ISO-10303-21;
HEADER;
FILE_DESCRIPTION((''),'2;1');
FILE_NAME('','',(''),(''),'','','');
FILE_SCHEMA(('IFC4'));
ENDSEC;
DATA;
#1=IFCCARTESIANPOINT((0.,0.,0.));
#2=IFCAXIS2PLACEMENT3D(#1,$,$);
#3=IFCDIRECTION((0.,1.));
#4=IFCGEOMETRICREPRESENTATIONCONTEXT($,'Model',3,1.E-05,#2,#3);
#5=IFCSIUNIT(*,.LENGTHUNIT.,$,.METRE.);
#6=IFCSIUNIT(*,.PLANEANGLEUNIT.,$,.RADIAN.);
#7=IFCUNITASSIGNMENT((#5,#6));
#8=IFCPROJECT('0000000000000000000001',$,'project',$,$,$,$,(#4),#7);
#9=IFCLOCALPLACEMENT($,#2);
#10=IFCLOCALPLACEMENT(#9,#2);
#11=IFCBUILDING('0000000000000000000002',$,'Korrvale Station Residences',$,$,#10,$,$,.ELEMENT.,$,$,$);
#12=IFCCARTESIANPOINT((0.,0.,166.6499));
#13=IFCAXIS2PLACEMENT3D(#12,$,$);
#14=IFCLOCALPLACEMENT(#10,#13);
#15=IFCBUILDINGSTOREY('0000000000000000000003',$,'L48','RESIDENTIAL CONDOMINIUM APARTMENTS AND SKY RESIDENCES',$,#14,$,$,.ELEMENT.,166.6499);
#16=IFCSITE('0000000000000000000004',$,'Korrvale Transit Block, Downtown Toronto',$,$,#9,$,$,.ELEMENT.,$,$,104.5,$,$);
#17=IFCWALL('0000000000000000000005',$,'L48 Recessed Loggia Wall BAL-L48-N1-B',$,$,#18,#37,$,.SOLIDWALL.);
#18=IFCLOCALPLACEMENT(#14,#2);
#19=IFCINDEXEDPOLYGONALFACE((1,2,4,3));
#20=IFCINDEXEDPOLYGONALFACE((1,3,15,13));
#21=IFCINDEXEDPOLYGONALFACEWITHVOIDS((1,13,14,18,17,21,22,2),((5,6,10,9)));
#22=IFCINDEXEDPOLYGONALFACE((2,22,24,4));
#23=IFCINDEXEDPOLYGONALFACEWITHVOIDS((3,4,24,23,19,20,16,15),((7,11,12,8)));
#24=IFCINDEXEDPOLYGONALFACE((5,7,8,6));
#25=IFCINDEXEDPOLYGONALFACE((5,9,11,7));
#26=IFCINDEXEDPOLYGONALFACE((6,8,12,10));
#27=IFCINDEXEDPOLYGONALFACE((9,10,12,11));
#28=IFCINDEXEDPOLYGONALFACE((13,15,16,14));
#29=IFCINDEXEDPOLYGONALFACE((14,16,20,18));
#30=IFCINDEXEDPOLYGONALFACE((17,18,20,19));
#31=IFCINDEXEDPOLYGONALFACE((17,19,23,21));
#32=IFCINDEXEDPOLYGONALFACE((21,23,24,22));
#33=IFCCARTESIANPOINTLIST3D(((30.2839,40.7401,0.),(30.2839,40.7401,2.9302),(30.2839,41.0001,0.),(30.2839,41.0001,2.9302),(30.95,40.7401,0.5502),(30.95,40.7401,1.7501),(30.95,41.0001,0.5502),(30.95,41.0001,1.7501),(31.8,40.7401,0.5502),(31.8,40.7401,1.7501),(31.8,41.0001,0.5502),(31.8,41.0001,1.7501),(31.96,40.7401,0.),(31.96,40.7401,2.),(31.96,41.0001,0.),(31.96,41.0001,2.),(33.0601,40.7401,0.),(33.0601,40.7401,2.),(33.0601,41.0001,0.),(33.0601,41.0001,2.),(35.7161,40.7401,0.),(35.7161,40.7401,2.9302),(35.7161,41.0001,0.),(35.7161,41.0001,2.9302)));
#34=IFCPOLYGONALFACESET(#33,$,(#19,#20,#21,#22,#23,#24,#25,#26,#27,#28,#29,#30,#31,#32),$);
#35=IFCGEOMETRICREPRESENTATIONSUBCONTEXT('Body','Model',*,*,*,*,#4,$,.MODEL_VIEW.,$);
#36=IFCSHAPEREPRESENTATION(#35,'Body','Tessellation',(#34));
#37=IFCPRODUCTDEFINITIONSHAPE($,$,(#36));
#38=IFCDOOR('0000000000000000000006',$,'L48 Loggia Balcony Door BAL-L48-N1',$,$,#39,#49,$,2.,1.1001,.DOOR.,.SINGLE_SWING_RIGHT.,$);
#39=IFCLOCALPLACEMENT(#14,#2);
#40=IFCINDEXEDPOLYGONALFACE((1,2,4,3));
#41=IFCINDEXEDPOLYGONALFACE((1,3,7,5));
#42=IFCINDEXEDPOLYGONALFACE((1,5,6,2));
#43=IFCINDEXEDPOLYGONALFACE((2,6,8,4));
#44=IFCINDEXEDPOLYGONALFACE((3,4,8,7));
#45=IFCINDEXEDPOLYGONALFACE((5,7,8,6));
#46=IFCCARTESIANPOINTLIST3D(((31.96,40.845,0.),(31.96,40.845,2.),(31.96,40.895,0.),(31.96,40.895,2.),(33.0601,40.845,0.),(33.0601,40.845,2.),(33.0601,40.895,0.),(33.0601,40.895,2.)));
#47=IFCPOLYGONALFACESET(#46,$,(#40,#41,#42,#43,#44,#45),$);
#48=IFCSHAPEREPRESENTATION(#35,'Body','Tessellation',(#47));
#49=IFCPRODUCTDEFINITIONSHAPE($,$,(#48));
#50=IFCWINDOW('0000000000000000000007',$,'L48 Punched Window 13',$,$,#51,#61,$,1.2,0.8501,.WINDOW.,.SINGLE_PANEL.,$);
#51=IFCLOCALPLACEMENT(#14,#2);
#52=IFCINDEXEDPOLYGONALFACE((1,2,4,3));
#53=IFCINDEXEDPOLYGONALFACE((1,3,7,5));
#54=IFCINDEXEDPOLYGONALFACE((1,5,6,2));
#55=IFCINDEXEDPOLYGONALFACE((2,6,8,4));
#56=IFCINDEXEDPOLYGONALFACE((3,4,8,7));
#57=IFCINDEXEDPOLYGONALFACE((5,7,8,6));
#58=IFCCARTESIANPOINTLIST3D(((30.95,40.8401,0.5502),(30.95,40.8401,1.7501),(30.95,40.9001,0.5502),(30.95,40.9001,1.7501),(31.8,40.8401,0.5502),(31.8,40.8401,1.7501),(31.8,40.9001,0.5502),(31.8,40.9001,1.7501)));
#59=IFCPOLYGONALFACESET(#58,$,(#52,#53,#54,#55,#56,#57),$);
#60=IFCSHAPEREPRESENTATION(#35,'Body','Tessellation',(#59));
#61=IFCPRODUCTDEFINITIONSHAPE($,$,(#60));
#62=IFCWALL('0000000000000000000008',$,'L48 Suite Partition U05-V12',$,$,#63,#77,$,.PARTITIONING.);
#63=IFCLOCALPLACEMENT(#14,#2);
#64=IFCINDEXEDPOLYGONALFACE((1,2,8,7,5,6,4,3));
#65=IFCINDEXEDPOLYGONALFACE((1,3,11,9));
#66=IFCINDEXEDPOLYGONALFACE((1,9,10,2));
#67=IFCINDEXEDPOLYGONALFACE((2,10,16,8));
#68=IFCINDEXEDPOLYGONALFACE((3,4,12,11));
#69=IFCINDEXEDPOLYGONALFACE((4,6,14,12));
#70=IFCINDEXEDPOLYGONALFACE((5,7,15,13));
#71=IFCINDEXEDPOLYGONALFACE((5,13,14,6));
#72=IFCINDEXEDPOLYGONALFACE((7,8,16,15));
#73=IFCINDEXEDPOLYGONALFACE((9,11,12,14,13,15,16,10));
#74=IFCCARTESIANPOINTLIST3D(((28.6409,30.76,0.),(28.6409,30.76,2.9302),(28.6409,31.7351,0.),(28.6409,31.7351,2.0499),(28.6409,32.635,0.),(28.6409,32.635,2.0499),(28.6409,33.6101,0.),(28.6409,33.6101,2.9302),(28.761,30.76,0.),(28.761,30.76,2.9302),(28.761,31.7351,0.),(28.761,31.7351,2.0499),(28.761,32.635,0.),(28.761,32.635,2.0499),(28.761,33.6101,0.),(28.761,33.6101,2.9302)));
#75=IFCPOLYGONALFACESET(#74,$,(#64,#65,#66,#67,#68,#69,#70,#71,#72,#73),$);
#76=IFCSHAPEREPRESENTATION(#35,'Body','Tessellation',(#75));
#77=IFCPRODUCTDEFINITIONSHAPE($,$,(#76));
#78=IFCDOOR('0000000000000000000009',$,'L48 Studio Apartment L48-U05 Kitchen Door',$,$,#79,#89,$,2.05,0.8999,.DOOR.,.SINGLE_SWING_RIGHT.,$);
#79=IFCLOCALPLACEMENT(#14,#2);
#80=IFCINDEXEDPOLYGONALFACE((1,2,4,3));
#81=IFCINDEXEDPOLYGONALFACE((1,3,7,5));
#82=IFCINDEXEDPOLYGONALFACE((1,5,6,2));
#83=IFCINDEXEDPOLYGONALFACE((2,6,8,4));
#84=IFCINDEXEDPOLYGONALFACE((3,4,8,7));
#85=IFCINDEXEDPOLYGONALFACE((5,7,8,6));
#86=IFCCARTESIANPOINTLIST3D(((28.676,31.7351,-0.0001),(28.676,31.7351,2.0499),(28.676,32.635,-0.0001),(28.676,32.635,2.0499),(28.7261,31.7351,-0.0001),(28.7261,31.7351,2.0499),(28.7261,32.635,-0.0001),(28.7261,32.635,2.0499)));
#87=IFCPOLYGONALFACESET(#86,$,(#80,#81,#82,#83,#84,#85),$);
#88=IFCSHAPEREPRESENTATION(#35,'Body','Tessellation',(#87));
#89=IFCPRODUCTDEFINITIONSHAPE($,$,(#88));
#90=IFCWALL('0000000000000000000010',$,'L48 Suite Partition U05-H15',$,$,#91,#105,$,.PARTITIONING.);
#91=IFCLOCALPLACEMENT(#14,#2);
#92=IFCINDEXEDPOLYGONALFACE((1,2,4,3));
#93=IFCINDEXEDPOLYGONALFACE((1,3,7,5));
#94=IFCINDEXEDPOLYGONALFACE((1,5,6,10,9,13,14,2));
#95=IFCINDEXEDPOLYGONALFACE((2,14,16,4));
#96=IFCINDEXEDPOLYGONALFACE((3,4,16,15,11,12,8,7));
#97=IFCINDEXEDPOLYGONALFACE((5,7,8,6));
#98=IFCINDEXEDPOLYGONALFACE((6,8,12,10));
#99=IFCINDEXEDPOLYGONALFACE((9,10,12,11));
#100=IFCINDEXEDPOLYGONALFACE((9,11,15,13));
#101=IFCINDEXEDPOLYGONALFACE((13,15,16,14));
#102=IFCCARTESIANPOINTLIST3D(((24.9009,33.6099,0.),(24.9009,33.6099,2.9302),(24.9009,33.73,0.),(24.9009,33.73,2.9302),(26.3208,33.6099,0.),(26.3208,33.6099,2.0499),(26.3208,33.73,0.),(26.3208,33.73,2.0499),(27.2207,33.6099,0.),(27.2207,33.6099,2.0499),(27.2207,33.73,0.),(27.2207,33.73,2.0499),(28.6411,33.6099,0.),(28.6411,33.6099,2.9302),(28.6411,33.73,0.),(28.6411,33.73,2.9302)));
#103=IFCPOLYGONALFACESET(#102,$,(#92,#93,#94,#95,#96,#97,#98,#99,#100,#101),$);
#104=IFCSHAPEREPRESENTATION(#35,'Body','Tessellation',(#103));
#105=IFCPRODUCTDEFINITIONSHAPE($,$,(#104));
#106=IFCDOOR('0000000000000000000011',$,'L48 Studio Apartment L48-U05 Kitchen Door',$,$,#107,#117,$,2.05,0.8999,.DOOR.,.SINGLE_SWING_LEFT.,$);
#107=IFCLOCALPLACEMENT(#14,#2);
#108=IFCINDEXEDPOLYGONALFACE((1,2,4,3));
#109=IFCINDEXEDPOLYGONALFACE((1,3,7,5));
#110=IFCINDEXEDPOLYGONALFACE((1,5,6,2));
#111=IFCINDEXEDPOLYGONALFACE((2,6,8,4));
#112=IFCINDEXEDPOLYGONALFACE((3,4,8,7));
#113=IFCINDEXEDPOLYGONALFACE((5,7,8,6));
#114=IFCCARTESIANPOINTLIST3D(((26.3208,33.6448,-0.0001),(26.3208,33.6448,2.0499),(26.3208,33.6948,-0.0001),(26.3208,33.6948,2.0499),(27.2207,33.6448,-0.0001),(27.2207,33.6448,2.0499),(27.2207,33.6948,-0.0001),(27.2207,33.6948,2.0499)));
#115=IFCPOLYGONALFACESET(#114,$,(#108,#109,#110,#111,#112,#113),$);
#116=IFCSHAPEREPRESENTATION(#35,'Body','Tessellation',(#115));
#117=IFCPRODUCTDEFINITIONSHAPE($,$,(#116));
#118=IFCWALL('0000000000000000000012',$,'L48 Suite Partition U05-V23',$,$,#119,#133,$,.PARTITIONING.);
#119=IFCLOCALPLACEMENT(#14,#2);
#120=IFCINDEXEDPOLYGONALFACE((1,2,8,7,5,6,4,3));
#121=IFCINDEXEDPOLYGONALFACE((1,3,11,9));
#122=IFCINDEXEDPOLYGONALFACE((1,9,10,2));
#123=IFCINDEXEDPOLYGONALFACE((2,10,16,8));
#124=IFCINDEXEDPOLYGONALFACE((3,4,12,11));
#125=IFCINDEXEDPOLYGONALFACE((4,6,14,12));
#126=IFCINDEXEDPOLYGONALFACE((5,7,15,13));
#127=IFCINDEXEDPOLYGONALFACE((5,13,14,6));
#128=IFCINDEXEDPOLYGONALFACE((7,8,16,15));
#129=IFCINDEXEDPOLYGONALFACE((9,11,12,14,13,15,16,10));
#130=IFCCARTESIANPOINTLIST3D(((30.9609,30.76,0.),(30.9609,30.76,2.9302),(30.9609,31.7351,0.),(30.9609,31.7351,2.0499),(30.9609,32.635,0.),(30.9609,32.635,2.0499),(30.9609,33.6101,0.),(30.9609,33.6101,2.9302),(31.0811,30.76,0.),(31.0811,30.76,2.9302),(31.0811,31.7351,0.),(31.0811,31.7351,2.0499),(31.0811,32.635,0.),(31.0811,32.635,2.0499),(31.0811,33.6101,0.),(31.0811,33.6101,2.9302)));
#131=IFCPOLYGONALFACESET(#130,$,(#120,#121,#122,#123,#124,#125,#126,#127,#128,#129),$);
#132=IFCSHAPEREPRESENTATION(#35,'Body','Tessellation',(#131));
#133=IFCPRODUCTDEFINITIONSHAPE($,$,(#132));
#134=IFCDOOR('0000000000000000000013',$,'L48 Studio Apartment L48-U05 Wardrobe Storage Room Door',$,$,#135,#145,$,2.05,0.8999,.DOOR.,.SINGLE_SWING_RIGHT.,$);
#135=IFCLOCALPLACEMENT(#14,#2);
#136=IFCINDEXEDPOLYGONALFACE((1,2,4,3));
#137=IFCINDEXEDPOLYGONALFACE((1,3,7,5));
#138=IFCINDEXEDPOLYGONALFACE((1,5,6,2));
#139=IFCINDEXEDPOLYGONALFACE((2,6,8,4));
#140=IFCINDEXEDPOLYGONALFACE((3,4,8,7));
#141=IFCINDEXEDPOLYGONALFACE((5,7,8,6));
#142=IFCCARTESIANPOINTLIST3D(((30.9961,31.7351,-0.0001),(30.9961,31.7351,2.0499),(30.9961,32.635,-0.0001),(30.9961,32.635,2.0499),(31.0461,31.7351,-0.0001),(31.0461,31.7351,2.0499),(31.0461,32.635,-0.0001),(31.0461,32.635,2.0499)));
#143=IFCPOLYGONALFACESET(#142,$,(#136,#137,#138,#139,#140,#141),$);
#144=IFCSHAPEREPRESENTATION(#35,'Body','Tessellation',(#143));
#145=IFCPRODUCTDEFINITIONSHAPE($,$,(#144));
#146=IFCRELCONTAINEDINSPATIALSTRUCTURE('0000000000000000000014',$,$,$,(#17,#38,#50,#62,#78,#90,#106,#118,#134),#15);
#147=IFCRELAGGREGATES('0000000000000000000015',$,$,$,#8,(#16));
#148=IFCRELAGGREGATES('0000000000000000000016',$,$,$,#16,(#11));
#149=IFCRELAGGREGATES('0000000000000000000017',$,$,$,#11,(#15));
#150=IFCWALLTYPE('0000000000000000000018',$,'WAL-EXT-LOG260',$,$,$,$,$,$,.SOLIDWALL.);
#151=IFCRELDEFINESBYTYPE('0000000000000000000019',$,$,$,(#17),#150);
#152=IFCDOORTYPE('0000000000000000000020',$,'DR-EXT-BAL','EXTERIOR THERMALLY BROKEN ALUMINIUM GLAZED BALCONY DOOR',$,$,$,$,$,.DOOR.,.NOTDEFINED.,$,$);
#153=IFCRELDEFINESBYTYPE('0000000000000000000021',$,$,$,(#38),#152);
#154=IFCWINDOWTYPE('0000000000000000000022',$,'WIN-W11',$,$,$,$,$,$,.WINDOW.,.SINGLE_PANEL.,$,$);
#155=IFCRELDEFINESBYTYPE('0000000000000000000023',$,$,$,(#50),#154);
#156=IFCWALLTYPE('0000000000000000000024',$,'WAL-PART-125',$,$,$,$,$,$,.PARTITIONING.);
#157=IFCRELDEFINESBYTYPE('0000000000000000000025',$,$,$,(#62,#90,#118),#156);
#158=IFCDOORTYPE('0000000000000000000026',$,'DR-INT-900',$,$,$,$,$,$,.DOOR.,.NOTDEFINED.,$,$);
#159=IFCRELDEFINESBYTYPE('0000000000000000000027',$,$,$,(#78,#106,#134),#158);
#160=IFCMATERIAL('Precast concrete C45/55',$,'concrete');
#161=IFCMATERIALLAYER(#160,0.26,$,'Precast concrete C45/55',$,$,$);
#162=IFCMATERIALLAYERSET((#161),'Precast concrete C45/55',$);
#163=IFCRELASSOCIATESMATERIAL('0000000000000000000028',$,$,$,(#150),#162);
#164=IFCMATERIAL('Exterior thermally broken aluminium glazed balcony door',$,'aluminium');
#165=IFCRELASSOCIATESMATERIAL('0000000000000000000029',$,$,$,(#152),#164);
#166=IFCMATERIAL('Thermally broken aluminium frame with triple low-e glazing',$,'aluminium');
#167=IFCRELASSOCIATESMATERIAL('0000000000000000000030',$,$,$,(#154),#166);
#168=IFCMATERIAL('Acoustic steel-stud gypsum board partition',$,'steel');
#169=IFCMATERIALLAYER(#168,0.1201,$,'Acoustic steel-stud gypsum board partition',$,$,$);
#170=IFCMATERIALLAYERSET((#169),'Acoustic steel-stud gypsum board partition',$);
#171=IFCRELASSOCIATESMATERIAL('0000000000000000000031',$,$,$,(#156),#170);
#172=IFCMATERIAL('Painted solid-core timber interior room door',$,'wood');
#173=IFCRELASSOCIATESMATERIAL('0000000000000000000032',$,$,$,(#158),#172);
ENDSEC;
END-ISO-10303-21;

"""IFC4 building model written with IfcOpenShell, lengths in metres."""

from ifc_helpers import new_model, si_unit, direction, frame, frame_2d, origin, place, context, subcontext, project, spatial, rectangle, extrude, material, layer, layer_set, type_object, element, fill, save


model = new_model("IFC4")

# Units and contexts
model_context = context("Model", 3, precision=1e-05, world=origin(), true_north=direction((0.0, 1.0)))
body_context = subcontext(model_context, "Body", "Model", "MODEL_VIEW")
ifc_project = project(units=[si_unit("LENGTHUNIT", "METRE"), si_unit("PLANEANGLEUNIT", "RADIAN")], contexts=[model_context])

# Site, building, storey
site_placement = place(None, origin())
site = spatial("IfcSite", under=ifc_project, at=site_placement, Name="Korrvale Transit Block, Downtown Toronto", CompositionType="ELEMENT", RefElevation=104.5)
building_placement = place(site_placement, origin())
building = spatial("IfcBuilding", under=site, at=building_placement, Name="Korrvale Station Residences", CompositionType="ELEMENT")
storey_placement = place(building_placement, frame((0.0, 0.0, 166.6499)))
storey = spatial("IfcBuildingStorey", under=building, at=storey_placement, Name="L48", Description="RESIDENTIAL CONDOMINIUM APARTMENTS AND SKY RESIDENCES", CompositionType="ELEMENT", Elevation=166.6499)

# Shared definitions
ifc_material_1 = material(Name="Precast concrete C45/55", Category="concrete")
ifc_layer_1 = layer(ifc_material_1, 0.26, Name="Precast concrete C45/55")
ifc_layer_set_1 = layer_set([ifc_layer_1], Name="Precast concrete C45/55")
wall_type_1 = type_object("IfcWallType", Name="WAL-EXT-LOG260", PredefinedType="SOLIDWALL", material=ifc_layer_set_1)

# Wall, openings, door, window
wall_1_placement = place(storey_placement, frame((30.2839, 40.8701, 0.0), z_axis=(0.0, 0.0, 1.0), x_axis=(1.0, 0.0, 0.0)))
wall_1 = element("IfcWall", 1, at=wall_1_placement, inside=storey, type_object=wall_type_1, Name="L48 Recessed Loggia Wall BAL-L48-N1-B", PredefinedType="SOLIDWALL", context=body_context, shape_type="SweptSolid", body=[
    extrude(rectangle(XDim=5.4321, YDim=0.26, at=frame_2d((2.7161, 0.0))), origin(), (0.0, 0.0, 1.0), 2.9302),
])
opening_1_placement = place(wall_1_placement, frame((1.676, 0.0, 0.0)))
opening_1 = element("IfcOpeningElement", 2, at=opening_1_placement, cuts=wall_1, PredefinedType="OPENING", context=body_context, shape_type="SweptSolid", body=[
    extrude(rectangle(XDim=1.1001, YDim=2.0, at=frame_2d((0.55, 1.0))), frame((0.0, 0.1401, 0.0), z_axis=(0.0, -1.0, 0.0), x_axis=(1.0, 0.0, 0.0)), (0.0, 0.0, 1.0), 0.28),
])
opening_2_placement = place(wall_1_placement, frame((0.666, 0.0, 0.55)))
opening_2 = element("IfcOpeningElement", 3, at=opening_2_placement, cuts=wall_1, PredefinedType="OPENING", context=body_context, shape_type="SweptSolid", body=[
    extrude(rectangle(XDim=0.8501, YDim=1.2, at=frame_2d((0.425, 0.6001))), frame((0.0, 0.1401, 0.0), z_axis=(0.0, -1.0, 0.0), x_axis=(1.0, 0.0, 0.0)), (0.0, 0.0, 1.0), 0.28),
])
ifc_material_2 = material(Name="Exterior thermally broken aluminium glazed balcony door", Category="aluminium")
door_type_1 = type_object("IfcDoorType", Name="DR-EXT-BAL", Description="EXTERIOR THERMALLY BROKEN ALUMINIUM GLAZED BALCONY DOOR", OperationType="NOTDEFINED", PredefinedType="DOOR", material=ifc_material_2)
door_1_placement = place(opening_1_placement, origin())
door_1 = element("IfcDoor", 4, at=door_1_placement, inside=storey, type_object=door_type_1, Name="L48 Loggia Balcony Door BAL-L48-N1", OperationType="SINGLE_SWING_RIGHT", OverallHeight=2.0, OverallWidth=1.1001, PredefinedType="DOOR", context=body_context, shape_type="SweptSolid", body=[
    extrude(rectangle(XDim=1.1001, YDim=2.0, at=frame_2d((0.55, 1.0))), frame((0.0, 0.0249, 0.0), z_axis=(0.0, -1.0, 0.0), x_axis=(1.0, 0.0, 0.0)), (0.0, 0.0, 1.0), 0.05),
])
fill(opening_1, door_1)
ifc_material_3 = material(Name="Thermally broken aluminium frame with triple low-e glazing", Category="aluminium")
window_type = type_object("IfcWindowType", Name="WIN-W11", PartitioningType="SINGLE_PANEL", PredefinedType="WINDOW", material=ifc_material_3)
window_placement = place(opening_2_placement, origin())
window = element("IfcWindow", 5, at=window_placement, inside=storey, type_object=window_type, Name="L48 Punched Window 13", OverallHeight=1.2, OverallWidth=0.8501, PartitioningType="SINGLE_PANEL", PredefinedType="WINDOW", context=body_context, shape_type="SweptSolid", body=[
    extrude(rectangle(XDim=0.8501, YDim=1.2, at=frame_2d((0.425, 0.6001))), frame((0.0, 0.03, 0.0), z_axis=(0.0, -1.0, 0.0), x_axis=(1.0, 0.0, 0.0)), (0.0, 0.0, 1.0), 0.0601),
])
fill(opening_2, window)

# Walls, openings, doors
ifc_material_4 = material(Name="Acoustic steel-stud gypsum board partition", Category="steel")
ifc_layer_2 = layer(ifc_material_4, 0.1201, Name="Acoustic steel-stud gypsum board partition")
ifc_layer_set_2 = layer_set([ifc_layer_2], Name="Acoustic steel-stud gypsum board partition")
wall_type_2 = type_object("IfcWallType", Name="WAL-PART-125", PredefinedType="PARTITIONING", material=ifc_layer_set_2)
wall_2_placement = place(storey_placement, frame((28.7009, 30.76, 0.0), z_axis=(0.0, 0.0, 1.0), x_axis=(0.0, 1.0, 0.0)))
wall_2 = element("IfcWall", 6, at=wall_2_placement, inside=storey, type_object=wall_type_2, Name="L48 Suite Partition U05-V12", PredefinedType="PARTITIONING", context=body_context, shape_type="SweptSolid", body=[
    extrude(rectangle(XDim=2.8501, YDim=0.1201, at=frame_2d((1.425, 0.0))), origin(), (0.0, 0.0, 1.0), 2.9302),
])
opening_3_placement = place(wall_2_placement, frame((0.9751, 0.0, 0.0)))
opening_3 = element("IfcOpeningElement", 7, at=opening_3_placement, cuts=wall_2, PredefinedType="OPENING", context=body_context, shape_type="SweptSolid", body=[
    extrude(rectangle(XDim=0.8999, YDim=2.05, at=frame_2d((0.45, 1.0249))), frame((0.0, 0.0701, 0.0), z_axis=(0.0, -1.0, 0.0), x_axis=(1.0, 0.0, 0.0)), (0.0, 0.0, 1.0), 0.1401),
])
ifc_material_5 = material(Name="Painted solid-core timber interior room door", Category="wood")
door_type_2 = type_object("IfcDoorType", Name="DR-INT-900", OperationType="NOTDEFINED", PredefinedType="DOOR", material=ifc_material_5)
door_2_placement = place(opening_3_placement, origin())
door_2 = element("IfcDoor", 8, at=door_2_placement, inside=storey, type_object=door_type_2, Name="L48 Studio Apartment L48-U05 Kitchen Door", OperationType="SINGLE_SWING_RIGHT", OverallHeight=2.05, OverallWidth=0.8999, PredefinedType="DOOR", context=body_context, shape_type="SweptSolid", body=[
    extrude(rectangle(XDim=0.8999, YDim=2.05, at=frame_2d((0.45, 1.0249))), frame((0.0, 0.0249, 0.0), z_axis=(0.0, -1.0, 0.0), x_axis=(1.0, 0.0, 0.0)), (0.0, 0.0, 1.0), 0.05),
])
fill(opening_3, door_2)
wall_3_placement = place(storey_placement, frame((24.9009, 33.6699, 0.0), z_axis=(0.0, 0.0, 1.0), x_axis=(1.0, 0.0, 0.0)))
wall_3 = element("IfcWall", 9, at=wall_3_placement, inside=storey, type_object=wall_type_2, Name="L48 Suite Partition U05-H15", PredefinedType="PARTITIONING", context=body_context, shape_type="SweptSolid", body=[
    extrude(rectangle(XDim=3.7402, YDim=0.1201, at=frame_2d((1.8701, 0.0))), origin(), (0.0, 0.0, 1.0), 2.9302),
])
opening_4_placement = place(wall_3_placement, frame((1.4199, 0.0, 0.0)))
opening_4 = element("IfcOpeningElement", 10, at=opening_4_placement, cuts=wall_3, PredefinedType="OPENING", context=body_context, shape_type="SweptSolid", body=[
    extrude(rectangle(XDim=0.8999, YDim=2.05, at=frame_2d((0.45, 1.0249))), frame((0.0, 0.0701, 0.0), z_axis=(0.0, -1.0, 0.0), x_axis=(1.0, 0.0, 0.0)), (0.0, 0.0, 1.0), 0.1401),
])
door_3_placement = place(opening_4_placement, origin())
door_3 = element("IfcDoor", 11, at=door_3_placement, inside=storey, type_object=door_type_2, Name="L48 Studio Apartment L48-U05 Kitchen Door", OperationType="SINGLE_SWING_LEFT", OverallHeight=2.05, OverallWidth=0.8999, PredefinedType="DOOR", context=body_context, shape_type="SweptSolid", body=[
    extrude(rectangle(XDim=0.8999, YDim=2.05, at=frame_2d((0.45, 1.0249))), frame((0.0, 0.0249, 0.0), z_axis=(0.0, -1.0, 0.0), x_axis=(1.0, 0.0, 0.0)), (0.0, 0.0, 1.0), 0.05),
])
fill(opening_4, door_3)
wall_4_placement = place(storey_placement, frame((31.021, 30.76, 0.0), z_axis=(0.0, 0.0, 1.0), x_axis=(0.0, 1.0, 0.0)))
wall_4 = element("IfcWall", 12, at=wall_4_placement, inside=storey, type_object=wall_type_2, Name="L48 Suite Partition U05-V23", PredefinedType="PARTITIONING", context=body_context, shape_type="SweptSolid", body=[
    extrude(rectangle(XDim=2.8501, YDim=0.1201, at=frame_2d((1.425, 0.0))), origin(), (0.0, 0.0, 1.0), 2.9302),
])
opening_5_placement = place(wall_4_placement, frame((0.9751, 0.0, 0.0)))
opening_5 = element("IfcOpeningElement", 13, at=opening_5_placement, cuts=wall_4, PredefinedType="OPENING", context=body_context, shape_type="SweptSolid", body=[
    extrude(rectangle(XDim=0.8999, YDim=2.05, at=frame_2d((0.45, 1.0249))), frame((0.0, 0.0701, 0.0), z_axis=(0.0, -1.0, 0.0), x_axis=(1.0, 0.0, 0.0)), (0.0, 0.0, 1.0), 0.1401),
])
door_4_placement = place(opening_5_placement, origin())
door_4 = element("IfcDoor", 14, at=door_4_placement, inside=storey, type_object=door_type_2, Name="L48 Studio Apartment L48-U05 Wardrobe Storage Room Door", OperationType="SINGLE_SWING_RIGHT", OverallHeight=2.05, OverallWidth=0.8999, PredefinedType="DOOR", context=body_context, shape_type="SweptSolid", body=[
    extrude(rectangle(XDim=0.8999, YDim=2.05, at=frame_2d((0.45, 1.0249))), frame((0.0, 0.0249, 0.0), z_axis=(0.0, -1.0, 0.0), x_axis=(1.0, 0.0, 0.0)), (0.0, 0.0, 1.0), 0.05),
])
fill(opening_5, door_4)

save(model, "model.ifc")
